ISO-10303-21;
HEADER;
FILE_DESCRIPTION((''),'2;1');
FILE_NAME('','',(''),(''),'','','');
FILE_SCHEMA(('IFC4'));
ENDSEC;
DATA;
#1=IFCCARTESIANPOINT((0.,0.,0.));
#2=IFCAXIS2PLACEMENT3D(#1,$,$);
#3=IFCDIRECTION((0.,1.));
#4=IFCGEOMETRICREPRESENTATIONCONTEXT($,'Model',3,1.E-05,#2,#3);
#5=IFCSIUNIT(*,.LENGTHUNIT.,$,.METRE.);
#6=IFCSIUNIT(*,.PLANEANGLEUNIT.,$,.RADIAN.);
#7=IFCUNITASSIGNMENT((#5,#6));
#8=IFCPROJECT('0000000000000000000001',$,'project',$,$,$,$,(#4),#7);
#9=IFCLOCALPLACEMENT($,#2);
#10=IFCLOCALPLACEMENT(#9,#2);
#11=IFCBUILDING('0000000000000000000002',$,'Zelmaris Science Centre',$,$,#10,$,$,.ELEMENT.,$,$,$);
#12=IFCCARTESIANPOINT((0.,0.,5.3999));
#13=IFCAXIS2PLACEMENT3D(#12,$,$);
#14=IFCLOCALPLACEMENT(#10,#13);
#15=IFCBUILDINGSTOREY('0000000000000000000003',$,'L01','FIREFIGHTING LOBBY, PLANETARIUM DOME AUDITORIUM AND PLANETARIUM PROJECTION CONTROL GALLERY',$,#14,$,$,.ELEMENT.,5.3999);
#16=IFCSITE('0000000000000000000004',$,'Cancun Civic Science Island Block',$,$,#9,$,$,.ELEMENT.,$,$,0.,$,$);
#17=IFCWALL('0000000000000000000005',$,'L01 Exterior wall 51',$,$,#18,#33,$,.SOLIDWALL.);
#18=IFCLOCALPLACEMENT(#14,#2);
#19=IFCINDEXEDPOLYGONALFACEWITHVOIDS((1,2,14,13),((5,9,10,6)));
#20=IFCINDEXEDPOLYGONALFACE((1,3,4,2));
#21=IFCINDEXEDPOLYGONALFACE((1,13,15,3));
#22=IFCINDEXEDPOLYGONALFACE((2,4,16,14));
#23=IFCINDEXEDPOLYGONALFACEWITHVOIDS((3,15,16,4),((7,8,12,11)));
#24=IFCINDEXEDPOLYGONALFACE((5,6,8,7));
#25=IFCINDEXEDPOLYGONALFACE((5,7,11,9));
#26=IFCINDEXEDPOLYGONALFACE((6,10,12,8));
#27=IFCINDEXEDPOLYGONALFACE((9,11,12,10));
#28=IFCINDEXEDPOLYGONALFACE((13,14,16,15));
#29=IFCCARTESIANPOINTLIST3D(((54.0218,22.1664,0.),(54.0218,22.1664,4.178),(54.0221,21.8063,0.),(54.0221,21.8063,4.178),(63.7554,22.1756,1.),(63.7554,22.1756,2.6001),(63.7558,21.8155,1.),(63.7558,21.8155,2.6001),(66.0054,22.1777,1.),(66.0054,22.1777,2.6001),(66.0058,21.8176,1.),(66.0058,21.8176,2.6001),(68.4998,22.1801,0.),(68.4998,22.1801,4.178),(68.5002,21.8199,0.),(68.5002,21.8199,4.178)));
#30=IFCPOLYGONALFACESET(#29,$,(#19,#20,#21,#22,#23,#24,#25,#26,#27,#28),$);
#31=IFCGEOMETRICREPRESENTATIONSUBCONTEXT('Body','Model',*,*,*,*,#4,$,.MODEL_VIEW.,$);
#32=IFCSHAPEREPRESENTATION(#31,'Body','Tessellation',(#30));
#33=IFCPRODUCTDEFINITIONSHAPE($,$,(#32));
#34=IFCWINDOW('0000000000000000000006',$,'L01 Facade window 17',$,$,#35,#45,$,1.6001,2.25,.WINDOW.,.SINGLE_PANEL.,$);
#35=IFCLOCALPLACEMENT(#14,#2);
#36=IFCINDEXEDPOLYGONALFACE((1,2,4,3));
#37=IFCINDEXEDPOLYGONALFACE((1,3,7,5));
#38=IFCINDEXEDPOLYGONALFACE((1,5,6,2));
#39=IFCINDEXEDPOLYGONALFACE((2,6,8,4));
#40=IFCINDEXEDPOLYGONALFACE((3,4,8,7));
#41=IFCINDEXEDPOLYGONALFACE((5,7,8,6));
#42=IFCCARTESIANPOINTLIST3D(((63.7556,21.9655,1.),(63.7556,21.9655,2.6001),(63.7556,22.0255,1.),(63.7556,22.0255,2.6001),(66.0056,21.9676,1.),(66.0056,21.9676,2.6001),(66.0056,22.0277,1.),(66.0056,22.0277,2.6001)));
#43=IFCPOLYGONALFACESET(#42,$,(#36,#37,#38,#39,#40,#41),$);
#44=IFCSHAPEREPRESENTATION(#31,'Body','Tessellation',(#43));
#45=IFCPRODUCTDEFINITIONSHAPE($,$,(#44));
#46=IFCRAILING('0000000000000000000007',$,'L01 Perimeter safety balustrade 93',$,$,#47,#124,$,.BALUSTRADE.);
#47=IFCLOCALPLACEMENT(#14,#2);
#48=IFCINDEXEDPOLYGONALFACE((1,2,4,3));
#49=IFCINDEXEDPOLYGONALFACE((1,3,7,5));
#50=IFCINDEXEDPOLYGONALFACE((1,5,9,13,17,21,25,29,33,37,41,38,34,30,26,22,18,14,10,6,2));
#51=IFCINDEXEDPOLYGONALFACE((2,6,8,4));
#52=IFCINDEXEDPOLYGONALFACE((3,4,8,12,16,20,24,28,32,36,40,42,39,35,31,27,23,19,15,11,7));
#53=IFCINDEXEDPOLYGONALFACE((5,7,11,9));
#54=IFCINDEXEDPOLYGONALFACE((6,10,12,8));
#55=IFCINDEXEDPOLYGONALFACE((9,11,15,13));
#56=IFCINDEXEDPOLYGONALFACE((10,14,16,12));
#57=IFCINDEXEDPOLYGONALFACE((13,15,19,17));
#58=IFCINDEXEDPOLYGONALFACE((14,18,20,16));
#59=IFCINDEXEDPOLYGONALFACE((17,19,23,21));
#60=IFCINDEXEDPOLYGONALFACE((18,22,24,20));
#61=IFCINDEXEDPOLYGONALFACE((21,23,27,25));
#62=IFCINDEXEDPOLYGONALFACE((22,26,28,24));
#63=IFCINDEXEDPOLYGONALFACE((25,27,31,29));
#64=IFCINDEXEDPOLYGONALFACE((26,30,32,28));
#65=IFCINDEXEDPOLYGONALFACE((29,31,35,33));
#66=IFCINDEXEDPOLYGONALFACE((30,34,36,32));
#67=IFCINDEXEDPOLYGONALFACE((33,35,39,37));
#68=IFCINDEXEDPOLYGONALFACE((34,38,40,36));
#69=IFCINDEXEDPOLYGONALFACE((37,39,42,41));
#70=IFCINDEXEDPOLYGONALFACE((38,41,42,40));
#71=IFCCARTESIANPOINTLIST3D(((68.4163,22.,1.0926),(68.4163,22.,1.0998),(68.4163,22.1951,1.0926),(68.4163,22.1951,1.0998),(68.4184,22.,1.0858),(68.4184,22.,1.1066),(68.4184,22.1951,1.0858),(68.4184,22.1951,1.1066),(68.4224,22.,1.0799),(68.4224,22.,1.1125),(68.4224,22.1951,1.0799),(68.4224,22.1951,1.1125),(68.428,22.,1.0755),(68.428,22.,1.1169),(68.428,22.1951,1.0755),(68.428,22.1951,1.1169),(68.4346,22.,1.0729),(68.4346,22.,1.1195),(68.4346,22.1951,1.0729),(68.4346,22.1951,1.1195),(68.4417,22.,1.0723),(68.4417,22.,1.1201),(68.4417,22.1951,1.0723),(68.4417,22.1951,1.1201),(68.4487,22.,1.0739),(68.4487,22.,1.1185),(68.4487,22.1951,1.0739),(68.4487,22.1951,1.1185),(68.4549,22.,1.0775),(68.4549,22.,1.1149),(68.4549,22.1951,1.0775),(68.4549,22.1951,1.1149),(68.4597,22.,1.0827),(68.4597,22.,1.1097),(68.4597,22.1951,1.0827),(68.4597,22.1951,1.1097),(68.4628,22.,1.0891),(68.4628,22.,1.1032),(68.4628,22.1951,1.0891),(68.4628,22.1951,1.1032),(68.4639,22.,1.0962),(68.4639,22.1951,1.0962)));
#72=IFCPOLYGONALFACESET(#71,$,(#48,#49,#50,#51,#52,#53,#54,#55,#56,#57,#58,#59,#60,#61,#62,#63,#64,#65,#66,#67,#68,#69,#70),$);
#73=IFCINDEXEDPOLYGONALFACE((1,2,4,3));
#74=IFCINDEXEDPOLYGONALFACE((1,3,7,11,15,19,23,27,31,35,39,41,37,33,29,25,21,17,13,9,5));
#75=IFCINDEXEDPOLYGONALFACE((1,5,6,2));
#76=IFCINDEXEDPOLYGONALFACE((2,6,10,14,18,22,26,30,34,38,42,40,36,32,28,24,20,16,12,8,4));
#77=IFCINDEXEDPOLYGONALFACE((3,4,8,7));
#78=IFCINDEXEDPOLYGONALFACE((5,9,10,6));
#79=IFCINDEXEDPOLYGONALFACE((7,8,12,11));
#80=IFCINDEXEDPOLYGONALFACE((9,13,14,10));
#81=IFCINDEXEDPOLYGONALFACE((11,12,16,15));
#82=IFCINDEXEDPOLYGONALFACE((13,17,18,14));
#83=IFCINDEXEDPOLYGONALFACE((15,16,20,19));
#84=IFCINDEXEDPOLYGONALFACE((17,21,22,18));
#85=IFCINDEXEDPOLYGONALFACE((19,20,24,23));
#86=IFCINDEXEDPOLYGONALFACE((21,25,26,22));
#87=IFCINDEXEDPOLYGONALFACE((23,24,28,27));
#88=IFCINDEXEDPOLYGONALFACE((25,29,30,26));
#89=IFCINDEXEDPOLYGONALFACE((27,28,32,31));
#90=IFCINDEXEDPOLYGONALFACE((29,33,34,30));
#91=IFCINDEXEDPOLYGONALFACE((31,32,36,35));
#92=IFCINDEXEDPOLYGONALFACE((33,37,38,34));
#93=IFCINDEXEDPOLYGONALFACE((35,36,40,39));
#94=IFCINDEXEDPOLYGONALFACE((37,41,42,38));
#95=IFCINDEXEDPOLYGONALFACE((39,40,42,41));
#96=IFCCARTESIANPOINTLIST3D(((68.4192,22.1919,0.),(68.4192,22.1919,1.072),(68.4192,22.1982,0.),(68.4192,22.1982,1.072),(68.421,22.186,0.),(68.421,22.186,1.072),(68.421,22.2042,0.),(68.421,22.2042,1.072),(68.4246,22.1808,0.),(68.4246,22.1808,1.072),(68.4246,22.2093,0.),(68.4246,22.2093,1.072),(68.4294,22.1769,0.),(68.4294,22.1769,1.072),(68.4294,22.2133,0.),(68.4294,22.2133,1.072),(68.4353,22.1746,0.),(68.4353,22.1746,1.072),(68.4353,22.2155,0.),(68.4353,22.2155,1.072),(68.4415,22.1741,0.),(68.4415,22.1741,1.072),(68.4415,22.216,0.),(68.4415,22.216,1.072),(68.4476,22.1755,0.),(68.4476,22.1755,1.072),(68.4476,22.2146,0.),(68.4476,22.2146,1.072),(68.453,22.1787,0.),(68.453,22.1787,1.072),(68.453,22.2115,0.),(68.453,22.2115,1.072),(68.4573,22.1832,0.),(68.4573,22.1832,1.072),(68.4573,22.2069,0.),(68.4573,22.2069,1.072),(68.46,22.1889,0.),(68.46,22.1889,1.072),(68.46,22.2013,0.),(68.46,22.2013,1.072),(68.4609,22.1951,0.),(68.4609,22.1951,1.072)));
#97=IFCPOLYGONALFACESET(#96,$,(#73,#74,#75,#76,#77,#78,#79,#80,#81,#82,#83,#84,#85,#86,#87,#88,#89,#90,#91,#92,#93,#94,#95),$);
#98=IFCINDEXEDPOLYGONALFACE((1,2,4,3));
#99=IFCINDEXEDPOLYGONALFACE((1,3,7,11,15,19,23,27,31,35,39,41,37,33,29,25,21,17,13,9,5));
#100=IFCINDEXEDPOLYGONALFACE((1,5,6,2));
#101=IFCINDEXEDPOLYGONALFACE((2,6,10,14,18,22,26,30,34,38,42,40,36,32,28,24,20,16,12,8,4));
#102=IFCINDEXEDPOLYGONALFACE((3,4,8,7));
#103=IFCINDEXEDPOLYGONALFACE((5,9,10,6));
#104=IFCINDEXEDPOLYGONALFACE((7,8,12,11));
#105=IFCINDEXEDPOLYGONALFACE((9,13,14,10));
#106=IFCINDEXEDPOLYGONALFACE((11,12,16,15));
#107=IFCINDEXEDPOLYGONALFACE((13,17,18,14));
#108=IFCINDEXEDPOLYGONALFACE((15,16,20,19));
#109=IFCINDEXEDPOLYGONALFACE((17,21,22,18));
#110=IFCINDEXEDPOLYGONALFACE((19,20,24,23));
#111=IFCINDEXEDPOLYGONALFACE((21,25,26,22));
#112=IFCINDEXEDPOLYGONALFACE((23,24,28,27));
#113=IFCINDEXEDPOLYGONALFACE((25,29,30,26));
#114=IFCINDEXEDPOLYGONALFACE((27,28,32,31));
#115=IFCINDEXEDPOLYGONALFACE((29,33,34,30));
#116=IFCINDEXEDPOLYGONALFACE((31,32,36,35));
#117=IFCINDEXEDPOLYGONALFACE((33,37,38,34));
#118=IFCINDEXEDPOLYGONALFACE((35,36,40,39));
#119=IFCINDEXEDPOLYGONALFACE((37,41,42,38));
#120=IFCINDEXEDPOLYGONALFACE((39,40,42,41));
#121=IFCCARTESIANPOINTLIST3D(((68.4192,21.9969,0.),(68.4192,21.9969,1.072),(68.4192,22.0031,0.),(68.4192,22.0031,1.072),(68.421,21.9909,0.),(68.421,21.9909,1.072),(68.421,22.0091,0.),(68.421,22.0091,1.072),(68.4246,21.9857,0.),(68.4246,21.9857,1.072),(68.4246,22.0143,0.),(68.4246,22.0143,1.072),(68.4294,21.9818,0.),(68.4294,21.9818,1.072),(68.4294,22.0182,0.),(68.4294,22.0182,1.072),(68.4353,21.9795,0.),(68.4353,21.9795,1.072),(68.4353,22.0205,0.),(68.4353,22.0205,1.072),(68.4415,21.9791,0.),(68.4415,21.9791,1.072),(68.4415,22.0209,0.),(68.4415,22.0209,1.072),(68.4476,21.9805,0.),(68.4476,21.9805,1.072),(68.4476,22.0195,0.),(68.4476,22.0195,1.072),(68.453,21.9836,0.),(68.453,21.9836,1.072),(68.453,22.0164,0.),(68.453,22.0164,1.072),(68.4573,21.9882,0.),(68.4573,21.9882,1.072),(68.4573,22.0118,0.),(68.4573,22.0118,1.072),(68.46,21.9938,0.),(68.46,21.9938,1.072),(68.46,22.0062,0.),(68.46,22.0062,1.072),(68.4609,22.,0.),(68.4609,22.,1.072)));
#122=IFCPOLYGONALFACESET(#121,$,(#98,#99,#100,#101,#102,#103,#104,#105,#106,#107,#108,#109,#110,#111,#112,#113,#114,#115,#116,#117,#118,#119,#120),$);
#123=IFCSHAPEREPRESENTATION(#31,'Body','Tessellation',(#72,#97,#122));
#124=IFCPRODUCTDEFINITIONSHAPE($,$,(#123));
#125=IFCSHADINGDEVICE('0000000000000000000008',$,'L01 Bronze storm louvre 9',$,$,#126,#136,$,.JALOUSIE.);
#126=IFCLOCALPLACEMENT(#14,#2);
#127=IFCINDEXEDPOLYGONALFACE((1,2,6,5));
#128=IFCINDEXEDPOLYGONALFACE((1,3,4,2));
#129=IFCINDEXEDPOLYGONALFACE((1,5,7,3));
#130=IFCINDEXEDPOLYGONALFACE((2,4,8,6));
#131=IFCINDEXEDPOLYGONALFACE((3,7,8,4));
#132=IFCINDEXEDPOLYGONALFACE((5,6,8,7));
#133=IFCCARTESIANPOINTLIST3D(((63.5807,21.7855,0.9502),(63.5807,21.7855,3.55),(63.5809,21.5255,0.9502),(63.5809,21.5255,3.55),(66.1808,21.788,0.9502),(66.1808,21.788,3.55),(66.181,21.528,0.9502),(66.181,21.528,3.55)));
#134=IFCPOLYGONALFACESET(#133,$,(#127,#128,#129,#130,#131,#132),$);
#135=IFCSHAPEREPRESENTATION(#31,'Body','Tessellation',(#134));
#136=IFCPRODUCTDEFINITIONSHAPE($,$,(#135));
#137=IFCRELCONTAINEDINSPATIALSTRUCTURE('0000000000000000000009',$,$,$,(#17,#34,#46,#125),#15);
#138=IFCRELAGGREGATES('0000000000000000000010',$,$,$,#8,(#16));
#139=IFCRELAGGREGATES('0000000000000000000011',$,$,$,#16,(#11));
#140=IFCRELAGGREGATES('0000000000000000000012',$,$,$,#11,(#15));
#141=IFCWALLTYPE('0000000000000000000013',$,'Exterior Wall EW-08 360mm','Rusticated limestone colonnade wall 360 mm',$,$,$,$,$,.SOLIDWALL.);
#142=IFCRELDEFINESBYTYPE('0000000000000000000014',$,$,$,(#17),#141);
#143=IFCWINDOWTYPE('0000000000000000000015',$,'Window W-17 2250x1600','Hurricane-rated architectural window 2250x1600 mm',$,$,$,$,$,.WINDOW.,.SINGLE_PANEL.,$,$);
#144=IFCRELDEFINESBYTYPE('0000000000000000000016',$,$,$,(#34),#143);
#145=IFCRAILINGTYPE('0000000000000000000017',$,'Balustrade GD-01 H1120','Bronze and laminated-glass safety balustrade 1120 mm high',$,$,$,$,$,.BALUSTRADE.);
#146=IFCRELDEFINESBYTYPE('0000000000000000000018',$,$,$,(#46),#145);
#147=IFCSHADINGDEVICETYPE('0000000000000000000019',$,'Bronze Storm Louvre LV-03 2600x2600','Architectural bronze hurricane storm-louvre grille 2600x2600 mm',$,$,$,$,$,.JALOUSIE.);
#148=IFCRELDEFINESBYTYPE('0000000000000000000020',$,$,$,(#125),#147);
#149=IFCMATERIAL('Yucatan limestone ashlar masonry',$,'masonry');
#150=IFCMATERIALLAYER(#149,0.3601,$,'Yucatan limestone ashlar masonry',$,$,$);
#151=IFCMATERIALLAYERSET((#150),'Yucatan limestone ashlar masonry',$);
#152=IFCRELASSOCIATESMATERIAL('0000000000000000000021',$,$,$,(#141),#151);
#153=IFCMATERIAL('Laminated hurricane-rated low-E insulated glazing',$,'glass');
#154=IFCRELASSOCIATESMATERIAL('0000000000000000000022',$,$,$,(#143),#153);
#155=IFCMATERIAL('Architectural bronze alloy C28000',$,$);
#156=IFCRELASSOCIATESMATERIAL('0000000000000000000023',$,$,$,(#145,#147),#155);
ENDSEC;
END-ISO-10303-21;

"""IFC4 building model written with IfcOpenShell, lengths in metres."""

from ifc_helpers import new_model, si_unit, direction, frame, frame_2d, origin, origin_2d, place, context, subcontext, project, spatial, rectangle, circle, extrude, material, layer, layer_set, type_object, element, fill, save


model = new_model("IFC4")

# Units and contexts
model_context = context("Model", 3, precision=1e-05, world=origin(), true_north=direction((0.0, 1.0)))
body_context = subcontext(model_context, "Body", "Model", "MODEL_VIEW")
ifc_project = project(units=[si_unit("LENGTHUNIT", "METRE"), si_unit("PLANEANGLEUNIT", "RADIAN")], contexts=[model_context])

# Site, building, storey
site_placement = place(None, origin())
site = spatial("IfcSite", under=ifc_project, at=site_placement, Name="Cancun Civic Science Island Block", CompositionType="ELEMENT", RefElevation=0.0)
building_placement = place(site_placement, origin())
building = spatial("IfcBuilding", under=site, at=building_placement, Name="Zelmaris Science Centre", CompositionType="ELEMENT")
storey_placement = place(building_placement, frame((0.0, 0.0, 5.3999)))
storey = spatial("IfcBuildingStorey", under=building, at=storey_placement, Name="L01", Description="FIREFIGHTING LOBBY, PLANETARIUM DOME AUDITORIUM AND PLANETARIUM PROJECTION CONTROL GALLERY", CompositionType="ELEMENT", Elevation=5.3999)

# Shared definitions
ifc_material_1 = material(Name="Laminated hurricane-rated low-E insulated glazing", Category="glass")

# Wall, opening, window
ifc_material_2 = material(Name="Yucatan limestone ashlar masonry", Category="masonry")
ifc_layer_1 = layer(ifc_material_2, 0.3601, Name="Yucatan limestone ashlar masonry")
ifc_layer_set_1 = layer_set([ifc_layer_1], Name="Yucatan limestone ashlar masonry")
wall_type_1 = type_object("IfcWallType", Name="Exterior Wall EW-08 360mm", Description="Rusticated limestone colonnade wall 360 mm", PredefinedType="SOLIDWALL", material=ifc_layer_set_1)
wall_1_placement = place(storey_placement, frame((68.5, 22.0, 0.0), z_axis=(0.0, 0.0, 1.0), x_axis=(-1.0, -0.000944, 0.0)))
wall_1 = element("IfcWall", 1, at=wall_1_placement, inside=storey, type_object=wall_type_1, Name="L01 Exterior wall 51", PredefinedType="SOLIDWALL", context=body_context, shape_type="SweptSolid", body=[
    extrude(rectangle(XDim=14.478, YDim=0.3601, at=frame_2d((7.239, 0.0))), origin(), (0.0, 0.0, 1.0), 4.178),
])
opening_1_placement = place(wall_1_placement, frame((2.4944, 0.0, 1.0)))
opening_1 = element("IfcOpeningElement", 2, at=opening_1_placement, cuts=wall_1, PredefinedType="OPENING", context=body_context, shape_type="SweptSolid", body=[
    extrude(rectangle(XDim=2.25, YDim=1.6001, at=frame_2d((1.125, 0.8))), frame((0.0, 0.1899, 0.0), z_axis=(0.0, -1.0, 0.0), x_axis=(1.0, 0.0, 0.0)), (0.0, 0.0, 1.0), 0.3801),
])
window_type_1 = type_object("IfcWindowType", Name="Window W-17 2250x1600", Description="Hurricane-rated architectural window 2250x1600 mm", PartitioningType="SINGLE_PANEL", PredefinedType="WINDOW", material=ifc_material_1)
window_1_placement = place(opening_1_placement, origin())
window_1 = element("IfcWindow", 3, at=window_1_placement, inside=storey, type_object=window_type_1, Name="L01 Facade window 17", OverallHeight=1.6001, OverallWidth=2.25, PartitioningType="SINGLE_PANEL", PredefinedType="WINDOW", context=body_context, shape_type="SweptSolid", body=[
    extrude(rectangle(XDim=2.25, YDim=1.6001, at=frame_2d((1.125, 0.8))), frame((0.0, 0.03, 0.0), z_axis=(0.0, -1.0, 0.0), x_axis=(1.0, 0.0, 0.0)), (0.0, 0.0, 1.0), 0.0601),
])
fill(opening_1, window_1)

# Railing
ifc_material_3 = material(Name="Architectural bronze alloy C28000")
railing_type = type_object("IfcRailingType", Name="Balustrade GD-01 H1120", Description="Bronze and laminated-glass safety balustrade 1120 mm high", PredefinedType="BALUSTRADE", material=ifc_material_3)
railing_placement = place(storey_placement, frame((68.4399, 22.1951, 0.0)))
element("IfcRailing", 4, at=railing_placement, inside=storey, type_object=railing_type, Name="L01 Perimeter safety balustrade 93", PredefinedType="BALUSTRADE", context=body_context, shape_type="SweptSolid", body=[
    extrude(circle(Radius=0.0239, at=origin_2d()), frame((0.0, 0.0, 1.0962), z_axis=(0.0, -1.0, 0.0), x_axis=(1.0, 0.0, 0.0)), (0.0, 0.0, 1.0), 0.1951),
    extrude(circle(Radius=0.021, at=origin_2d()), origin(), (0.0, 0.0, 1.0), 1.072),
    extrude(circle(Radius=0.021, at=origin_2d()), frame((0.0, -0.1951, 0.0)), (0.0, 0.0, 1.0), 1.072),
])

# Shading device
shading_device_type = type_object("IfcShadingDeviceType", Name="Bronze Storm Louvre LV-03 2600x2600", Description="Architectural bronze hurricane storm-louvre grille 2600x2600 mm", PredefinedType="JALOUSIE", material=ifc_material_3)
shading_device_placement = place(storey_placement, frame((66.1809, 21.658, 0.9502), z_axis=(0.0, 0.0, 1.0), x_axis=(-1.0, -0.000939, 0.0)))
element("IfcShadingDevice", 5, at=shading_device_placement, inside=storey, type_object=shading_device_type, Name="L01 Bronze storm louvre 9", PredefinedType="JALOUSIE", context=body_context, shape_type="SweptSolid", body=[
    extrude(rectangle(XDim=2.6001, YDim=0.26, at=frame_2d((1.3, 0.0))), origin(), (0.0, 0.0, 1.0), 2.5999),
])

save(model, "model.ifc")
